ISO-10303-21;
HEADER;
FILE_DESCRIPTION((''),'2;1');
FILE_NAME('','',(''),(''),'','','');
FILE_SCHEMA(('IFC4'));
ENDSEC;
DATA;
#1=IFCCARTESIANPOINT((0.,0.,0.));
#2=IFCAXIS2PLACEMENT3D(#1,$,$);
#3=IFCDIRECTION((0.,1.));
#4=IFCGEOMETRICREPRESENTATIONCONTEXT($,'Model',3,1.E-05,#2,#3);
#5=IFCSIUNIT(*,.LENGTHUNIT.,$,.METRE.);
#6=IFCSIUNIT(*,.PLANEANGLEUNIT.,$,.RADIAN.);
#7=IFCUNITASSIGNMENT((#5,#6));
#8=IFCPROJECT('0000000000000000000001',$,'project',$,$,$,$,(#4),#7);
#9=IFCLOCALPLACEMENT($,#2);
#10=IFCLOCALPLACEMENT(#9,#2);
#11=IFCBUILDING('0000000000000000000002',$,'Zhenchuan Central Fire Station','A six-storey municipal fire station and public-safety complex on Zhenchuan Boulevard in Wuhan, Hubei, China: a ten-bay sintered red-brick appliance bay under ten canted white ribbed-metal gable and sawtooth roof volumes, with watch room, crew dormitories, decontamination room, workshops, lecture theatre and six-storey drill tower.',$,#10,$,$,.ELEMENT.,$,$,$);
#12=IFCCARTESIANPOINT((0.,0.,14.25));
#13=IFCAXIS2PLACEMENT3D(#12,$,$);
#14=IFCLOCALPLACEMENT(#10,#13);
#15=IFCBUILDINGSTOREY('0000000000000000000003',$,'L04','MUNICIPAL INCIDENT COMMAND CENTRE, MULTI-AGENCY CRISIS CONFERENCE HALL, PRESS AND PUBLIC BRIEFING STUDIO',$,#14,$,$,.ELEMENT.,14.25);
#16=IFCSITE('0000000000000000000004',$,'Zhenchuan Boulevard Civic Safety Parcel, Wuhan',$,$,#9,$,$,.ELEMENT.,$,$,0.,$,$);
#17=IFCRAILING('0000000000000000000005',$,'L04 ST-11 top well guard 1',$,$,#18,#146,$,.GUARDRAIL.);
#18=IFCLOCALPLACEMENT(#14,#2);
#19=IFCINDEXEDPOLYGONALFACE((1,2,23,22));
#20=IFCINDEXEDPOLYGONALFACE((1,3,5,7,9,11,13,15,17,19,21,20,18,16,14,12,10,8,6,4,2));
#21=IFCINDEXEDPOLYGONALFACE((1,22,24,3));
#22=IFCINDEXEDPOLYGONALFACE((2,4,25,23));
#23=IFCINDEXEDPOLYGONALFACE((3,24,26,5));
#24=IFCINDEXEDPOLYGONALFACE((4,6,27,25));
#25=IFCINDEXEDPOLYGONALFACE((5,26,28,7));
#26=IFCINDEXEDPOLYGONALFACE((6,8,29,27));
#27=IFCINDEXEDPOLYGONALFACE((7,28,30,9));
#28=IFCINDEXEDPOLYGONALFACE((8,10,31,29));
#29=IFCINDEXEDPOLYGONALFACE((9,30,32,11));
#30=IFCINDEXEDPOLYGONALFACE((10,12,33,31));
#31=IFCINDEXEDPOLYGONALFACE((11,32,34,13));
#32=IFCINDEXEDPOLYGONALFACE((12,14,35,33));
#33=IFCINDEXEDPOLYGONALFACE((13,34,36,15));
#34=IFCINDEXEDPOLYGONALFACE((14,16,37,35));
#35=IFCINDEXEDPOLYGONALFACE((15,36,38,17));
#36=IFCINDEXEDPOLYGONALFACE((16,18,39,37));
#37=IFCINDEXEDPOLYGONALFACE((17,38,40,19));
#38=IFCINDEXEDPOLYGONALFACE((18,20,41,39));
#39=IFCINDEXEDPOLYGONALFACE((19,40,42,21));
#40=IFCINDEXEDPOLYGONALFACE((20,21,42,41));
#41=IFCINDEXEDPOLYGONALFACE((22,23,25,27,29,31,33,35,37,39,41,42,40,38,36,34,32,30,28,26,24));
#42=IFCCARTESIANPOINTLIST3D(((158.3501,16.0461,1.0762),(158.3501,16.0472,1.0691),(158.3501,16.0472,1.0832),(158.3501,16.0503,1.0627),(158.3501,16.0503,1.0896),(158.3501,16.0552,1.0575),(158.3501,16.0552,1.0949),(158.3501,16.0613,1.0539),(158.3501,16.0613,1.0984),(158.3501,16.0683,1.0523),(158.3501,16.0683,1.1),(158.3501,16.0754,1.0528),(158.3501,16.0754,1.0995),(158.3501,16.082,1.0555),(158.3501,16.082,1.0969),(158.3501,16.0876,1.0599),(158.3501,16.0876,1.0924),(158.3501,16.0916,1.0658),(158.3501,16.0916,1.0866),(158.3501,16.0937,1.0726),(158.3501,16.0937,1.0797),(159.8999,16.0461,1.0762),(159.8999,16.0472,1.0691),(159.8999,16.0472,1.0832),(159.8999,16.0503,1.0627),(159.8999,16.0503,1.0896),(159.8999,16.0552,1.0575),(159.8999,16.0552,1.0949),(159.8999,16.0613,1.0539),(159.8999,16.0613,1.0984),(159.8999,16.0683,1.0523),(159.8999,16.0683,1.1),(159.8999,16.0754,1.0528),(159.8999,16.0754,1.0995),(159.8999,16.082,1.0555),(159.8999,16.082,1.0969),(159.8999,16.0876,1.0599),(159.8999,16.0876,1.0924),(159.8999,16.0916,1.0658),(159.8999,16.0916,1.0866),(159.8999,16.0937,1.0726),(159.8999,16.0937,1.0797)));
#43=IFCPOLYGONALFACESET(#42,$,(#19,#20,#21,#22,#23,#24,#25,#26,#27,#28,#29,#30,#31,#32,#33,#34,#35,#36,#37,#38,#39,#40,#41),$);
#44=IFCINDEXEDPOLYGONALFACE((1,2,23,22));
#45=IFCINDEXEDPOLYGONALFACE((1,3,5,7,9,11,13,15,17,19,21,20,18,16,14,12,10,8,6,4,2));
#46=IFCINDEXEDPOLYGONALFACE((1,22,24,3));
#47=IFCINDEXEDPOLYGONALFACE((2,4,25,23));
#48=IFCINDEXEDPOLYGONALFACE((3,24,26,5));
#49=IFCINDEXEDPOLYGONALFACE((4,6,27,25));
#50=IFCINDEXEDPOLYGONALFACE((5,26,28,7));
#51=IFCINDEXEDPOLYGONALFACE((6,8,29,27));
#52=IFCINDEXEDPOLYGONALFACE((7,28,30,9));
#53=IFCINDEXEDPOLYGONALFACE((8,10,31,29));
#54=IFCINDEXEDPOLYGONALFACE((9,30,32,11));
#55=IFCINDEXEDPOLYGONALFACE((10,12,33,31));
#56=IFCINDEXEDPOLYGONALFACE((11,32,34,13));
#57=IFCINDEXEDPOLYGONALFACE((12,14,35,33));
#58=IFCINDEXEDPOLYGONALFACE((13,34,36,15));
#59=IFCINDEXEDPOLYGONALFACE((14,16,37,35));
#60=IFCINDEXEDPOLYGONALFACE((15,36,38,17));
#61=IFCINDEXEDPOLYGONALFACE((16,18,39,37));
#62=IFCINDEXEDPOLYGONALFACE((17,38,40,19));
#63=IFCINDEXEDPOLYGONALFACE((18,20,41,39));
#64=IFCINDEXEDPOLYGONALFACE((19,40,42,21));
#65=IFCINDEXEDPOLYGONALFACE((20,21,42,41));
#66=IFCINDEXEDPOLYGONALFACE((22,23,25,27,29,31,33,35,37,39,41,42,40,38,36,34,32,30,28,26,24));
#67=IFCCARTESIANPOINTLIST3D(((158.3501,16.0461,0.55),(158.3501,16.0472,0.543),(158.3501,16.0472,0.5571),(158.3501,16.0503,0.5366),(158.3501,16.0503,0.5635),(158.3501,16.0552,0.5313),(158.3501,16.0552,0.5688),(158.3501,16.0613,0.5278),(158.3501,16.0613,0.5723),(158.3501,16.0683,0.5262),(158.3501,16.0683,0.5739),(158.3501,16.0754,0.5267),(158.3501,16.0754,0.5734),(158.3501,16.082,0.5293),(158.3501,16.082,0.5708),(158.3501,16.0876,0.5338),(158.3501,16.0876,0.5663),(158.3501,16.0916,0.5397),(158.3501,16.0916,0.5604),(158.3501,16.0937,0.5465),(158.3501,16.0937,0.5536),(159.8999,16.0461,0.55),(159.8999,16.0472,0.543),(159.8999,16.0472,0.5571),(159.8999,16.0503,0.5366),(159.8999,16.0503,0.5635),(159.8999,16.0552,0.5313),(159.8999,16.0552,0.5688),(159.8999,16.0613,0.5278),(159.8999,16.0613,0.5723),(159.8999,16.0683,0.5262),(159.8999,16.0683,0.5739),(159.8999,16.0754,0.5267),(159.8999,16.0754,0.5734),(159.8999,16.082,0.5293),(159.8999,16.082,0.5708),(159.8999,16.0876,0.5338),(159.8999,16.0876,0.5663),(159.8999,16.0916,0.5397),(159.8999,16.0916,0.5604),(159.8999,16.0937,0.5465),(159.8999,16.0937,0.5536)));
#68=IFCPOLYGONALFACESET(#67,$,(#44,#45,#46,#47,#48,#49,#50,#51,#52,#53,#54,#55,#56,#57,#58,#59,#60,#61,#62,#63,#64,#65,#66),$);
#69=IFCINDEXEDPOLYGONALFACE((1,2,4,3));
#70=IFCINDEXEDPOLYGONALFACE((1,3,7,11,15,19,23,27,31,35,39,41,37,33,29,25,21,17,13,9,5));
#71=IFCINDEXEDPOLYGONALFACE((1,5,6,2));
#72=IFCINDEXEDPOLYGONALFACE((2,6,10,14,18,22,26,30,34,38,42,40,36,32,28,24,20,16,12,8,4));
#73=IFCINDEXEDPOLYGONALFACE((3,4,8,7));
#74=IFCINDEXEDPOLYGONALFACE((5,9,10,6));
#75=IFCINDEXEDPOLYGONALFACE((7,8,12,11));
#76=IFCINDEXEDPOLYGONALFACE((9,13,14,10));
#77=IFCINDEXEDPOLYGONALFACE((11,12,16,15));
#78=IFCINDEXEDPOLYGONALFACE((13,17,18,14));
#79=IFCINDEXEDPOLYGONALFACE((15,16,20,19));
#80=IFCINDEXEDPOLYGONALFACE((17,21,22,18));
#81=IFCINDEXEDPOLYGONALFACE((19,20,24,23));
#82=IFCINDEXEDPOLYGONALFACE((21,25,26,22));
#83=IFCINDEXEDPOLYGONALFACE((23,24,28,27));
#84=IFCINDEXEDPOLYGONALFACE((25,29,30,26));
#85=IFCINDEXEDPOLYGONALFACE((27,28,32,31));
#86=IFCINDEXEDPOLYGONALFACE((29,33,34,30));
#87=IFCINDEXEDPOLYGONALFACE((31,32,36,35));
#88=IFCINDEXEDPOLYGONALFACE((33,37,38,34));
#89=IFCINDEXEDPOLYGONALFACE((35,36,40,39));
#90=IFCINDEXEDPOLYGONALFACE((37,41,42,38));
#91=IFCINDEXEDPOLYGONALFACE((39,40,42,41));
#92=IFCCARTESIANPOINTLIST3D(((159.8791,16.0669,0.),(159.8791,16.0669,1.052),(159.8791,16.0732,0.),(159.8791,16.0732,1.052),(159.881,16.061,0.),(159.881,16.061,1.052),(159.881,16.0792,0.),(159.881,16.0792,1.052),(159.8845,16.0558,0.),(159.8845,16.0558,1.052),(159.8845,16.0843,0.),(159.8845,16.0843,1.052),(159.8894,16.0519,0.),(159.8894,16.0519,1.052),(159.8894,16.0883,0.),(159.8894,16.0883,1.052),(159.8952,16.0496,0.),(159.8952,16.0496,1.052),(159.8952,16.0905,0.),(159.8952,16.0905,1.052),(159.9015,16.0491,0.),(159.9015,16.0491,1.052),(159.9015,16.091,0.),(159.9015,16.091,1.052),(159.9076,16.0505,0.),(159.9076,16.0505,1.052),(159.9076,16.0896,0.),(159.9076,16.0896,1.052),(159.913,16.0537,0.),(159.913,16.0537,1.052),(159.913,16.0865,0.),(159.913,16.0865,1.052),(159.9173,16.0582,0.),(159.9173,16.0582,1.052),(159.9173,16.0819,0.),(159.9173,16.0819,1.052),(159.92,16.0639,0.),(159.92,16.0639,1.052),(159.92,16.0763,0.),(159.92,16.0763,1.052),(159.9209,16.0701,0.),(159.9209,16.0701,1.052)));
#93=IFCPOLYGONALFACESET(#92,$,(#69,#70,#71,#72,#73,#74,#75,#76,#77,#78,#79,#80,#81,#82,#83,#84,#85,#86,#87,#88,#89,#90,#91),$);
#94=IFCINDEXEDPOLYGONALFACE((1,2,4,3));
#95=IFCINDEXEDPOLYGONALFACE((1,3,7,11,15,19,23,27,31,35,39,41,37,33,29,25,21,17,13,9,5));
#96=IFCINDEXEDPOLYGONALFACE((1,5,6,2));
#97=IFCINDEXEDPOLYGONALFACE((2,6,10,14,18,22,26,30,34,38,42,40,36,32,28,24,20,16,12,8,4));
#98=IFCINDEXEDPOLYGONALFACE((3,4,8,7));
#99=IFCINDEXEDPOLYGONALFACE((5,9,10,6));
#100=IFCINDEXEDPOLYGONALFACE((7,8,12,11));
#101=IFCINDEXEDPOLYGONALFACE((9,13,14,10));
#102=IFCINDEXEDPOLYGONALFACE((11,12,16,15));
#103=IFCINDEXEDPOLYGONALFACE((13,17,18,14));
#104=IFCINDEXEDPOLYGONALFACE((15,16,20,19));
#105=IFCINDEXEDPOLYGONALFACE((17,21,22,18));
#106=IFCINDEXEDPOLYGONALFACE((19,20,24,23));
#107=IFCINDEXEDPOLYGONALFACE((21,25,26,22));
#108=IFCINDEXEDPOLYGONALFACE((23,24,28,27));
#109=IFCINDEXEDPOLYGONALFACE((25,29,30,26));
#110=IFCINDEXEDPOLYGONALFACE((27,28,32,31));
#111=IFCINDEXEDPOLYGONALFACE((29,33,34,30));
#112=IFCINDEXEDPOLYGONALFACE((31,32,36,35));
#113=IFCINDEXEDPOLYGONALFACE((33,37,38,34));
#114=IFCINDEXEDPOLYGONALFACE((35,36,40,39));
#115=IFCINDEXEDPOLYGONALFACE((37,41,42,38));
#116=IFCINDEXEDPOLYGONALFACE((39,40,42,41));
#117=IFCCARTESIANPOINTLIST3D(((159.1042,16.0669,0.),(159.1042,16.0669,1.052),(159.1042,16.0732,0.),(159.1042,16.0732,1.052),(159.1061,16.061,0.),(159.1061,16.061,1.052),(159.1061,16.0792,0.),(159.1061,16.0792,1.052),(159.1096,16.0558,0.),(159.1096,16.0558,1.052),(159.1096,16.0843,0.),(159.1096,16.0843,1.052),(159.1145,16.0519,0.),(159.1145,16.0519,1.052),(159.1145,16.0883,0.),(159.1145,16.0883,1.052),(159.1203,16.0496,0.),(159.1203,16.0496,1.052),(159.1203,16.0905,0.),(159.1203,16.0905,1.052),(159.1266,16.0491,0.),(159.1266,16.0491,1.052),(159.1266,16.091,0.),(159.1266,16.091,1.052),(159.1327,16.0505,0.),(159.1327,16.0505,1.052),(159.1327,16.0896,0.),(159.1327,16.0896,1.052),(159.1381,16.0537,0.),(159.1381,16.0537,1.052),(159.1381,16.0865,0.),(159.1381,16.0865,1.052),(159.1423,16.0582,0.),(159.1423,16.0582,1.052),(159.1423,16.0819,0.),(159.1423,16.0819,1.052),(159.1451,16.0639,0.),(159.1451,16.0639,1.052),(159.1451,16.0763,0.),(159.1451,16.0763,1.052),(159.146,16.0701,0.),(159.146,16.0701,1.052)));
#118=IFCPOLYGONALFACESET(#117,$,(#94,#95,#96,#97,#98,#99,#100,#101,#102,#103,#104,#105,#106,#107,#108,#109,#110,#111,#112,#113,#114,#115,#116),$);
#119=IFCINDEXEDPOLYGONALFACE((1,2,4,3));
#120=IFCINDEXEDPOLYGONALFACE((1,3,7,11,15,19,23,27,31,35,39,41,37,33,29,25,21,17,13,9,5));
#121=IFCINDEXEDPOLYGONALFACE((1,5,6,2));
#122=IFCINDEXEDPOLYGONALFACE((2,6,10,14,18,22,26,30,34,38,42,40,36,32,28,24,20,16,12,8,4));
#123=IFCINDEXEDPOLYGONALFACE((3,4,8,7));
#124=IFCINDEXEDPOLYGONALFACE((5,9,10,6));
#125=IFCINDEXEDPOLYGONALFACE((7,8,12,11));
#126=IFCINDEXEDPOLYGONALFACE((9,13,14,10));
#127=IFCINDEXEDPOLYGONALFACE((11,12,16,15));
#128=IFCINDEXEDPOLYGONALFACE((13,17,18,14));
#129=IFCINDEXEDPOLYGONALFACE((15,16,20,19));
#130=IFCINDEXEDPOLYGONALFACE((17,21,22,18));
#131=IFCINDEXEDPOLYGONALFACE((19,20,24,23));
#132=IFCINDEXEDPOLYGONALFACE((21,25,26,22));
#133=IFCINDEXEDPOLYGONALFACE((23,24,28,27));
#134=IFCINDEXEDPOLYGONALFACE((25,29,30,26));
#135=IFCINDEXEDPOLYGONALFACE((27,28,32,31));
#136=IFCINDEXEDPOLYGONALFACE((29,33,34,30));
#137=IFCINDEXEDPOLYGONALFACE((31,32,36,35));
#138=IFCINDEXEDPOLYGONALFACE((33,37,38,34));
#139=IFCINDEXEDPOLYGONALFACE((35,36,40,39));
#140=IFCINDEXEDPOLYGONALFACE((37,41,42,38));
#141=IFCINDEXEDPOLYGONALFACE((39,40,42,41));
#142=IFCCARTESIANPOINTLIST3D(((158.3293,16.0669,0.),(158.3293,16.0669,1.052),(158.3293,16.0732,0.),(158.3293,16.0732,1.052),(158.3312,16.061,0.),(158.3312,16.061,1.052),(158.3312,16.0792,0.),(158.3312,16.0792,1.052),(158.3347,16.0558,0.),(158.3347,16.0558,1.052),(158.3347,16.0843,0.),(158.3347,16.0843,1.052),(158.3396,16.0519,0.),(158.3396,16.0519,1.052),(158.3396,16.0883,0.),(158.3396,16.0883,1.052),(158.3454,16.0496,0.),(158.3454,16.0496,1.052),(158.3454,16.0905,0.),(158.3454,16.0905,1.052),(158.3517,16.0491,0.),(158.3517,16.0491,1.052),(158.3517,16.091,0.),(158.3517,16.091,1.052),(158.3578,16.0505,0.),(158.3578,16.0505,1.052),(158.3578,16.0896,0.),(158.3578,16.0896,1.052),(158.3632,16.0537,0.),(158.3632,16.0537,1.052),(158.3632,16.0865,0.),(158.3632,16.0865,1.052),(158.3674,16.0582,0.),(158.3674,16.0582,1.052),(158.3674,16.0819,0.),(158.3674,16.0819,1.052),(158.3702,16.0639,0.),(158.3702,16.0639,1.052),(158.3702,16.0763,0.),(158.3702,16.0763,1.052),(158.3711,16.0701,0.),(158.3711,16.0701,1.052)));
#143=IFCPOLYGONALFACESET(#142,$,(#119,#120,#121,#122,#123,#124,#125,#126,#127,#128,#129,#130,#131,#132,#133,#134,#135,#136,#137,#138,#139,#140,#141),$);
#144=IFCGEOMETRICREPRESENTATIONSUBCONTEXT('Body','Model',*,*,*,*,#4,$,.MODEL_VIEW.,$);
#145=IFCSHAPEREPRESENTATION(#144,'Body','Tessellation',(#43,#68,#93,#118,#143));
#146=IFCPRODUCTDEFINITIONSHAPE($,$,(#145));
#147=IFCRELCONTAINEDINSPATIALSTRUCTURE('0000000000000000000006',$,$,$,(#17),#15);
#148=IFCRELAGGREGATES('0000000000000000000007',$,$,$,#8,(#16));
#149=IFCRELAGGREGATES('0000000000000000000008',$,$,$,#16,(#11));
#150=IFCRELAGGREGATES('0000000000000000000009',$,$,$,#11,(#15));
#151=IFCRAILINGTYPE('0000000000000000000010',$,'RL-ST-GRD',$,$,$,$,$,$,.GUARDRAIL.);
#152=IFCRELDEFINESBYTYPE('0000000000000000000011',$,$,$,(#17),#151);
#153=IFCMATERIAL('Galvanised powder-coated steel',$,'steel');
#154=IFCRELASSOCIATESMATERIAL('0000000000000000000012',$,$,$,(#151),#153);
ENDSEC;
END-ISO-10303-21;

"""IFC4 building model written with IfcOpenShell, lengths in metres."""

from ifc_helpers import new_model, si_unit, direction, frame, origin, origin_2d, place, context, subcontext, project, spatial, circle, extrude, material, type_object, element, save


model = new_model("IFC4")

# Units and contexts
model_context = context("Model", 3, precision=1e-05, world=origin(), true_north=direction((0.0, 1.0)))
body_context = subcontext(model_context, "Body", "Model", "MODEL_VIEW")
ifc_project = project(units=[si_unit("LENGTHUNIT", "METRE"), si_unit("PLANEANGLEUNIT", "RADIAN")], contexts=[model_context])

# Site, building, storey
site_placement = place(None, origin())
site = spatial("IfcSite", under=ifc_project, at=site_placement, Name="Zhenchuan Boulevard Civic Safety Parcel, Wuhan", CompositionType="ELEMENT", RefElevation=0.0)
building_placement = place(site_placement, origin())
building = spatial("IfcBuilding", under=site, at=building_placement, Name="Zhenchuan Central Fire Station", Description="A six-storey municipal fire station and public-safety complex on Zhenchuan Boulevard in Wuhan, Hubei, China: a ten-bay sintered red-brick appliance bay under ten canted white ribbed-metal gable and sawtooth roof volumes, with watch room, crew dormitories, decontamination room, workshops, lecture theatre and six-storey drill tower.", CompositionType="ELEMENT")
storey_placement = place(building_placement, frame((0.0, 0.0, 14.25)))
storey = spatial("IfcBuildingStorey", under=building, at=storey_placement, Name="L04", Description="MUNICIPAL INCIDENT COMMAND CENTRE, MULTI-AGENCY CRISIS CONFERENCE HALL, PRESS AND PUBLIC BRIEFING STUDIO", CompositionType="ELEMENT", Elevation=14.25)

# Railing
ifc_material_1 = material(Name="Galvanised powder-coated steel", Category="steel")
railing_type = type_object("IfcRailingType", Name="RL-ST-GRD", PredefinedType="GUARDRAIL", material=ifc_material_1)
railing_placement = place(storey_placement, frame((159.8999, 16.0701, 0.0)))
element("IfcRailing", 1, at=railing_placement, inside=storey, type_object=railing_type, Name="L04 ST-11 top well guard 1", PredefinedType="GUARDRAIL", context=body_context, shape_type="SweptSolid", body=[
    extrude(circle(Radius=0.0239, at=origin_2d()), frame((0.0, 0.0, 1.0762), z_axis=(-1.0, 0.0, 0.0), x_axis=(0.0, -1.0, 0.0)), (0.0, 0.0, 1.0), 1.5498),
    extrude(circle(Radius=0.0239, at=origin_2d()), frame((0.0, 0.0, 0.55), z_axis=(-1.0, 0.0, 0.0), x_axis=(0.0, -1.0, 0.0)), (0.0, 0.0, 1.0), 1.5498),
    extrude(circle(Radius=0.021, at=origin_2d()), origin(), (0.0, 0.0, 1.0), 1.052),
    extrude(circle(Radius=0.021, at=origin_2d()), frame((-0.7749, 0.0, 0.0)), (0.0, 0.0, 1.0), 1.052),
    extrude(circle(Radius=0.021, at=origin_2d()), frame((-1.5498, 0.0, 0.0)), (0.0, 0.0, 1.0), 1.052),
])

save(model, "model.ifc")
